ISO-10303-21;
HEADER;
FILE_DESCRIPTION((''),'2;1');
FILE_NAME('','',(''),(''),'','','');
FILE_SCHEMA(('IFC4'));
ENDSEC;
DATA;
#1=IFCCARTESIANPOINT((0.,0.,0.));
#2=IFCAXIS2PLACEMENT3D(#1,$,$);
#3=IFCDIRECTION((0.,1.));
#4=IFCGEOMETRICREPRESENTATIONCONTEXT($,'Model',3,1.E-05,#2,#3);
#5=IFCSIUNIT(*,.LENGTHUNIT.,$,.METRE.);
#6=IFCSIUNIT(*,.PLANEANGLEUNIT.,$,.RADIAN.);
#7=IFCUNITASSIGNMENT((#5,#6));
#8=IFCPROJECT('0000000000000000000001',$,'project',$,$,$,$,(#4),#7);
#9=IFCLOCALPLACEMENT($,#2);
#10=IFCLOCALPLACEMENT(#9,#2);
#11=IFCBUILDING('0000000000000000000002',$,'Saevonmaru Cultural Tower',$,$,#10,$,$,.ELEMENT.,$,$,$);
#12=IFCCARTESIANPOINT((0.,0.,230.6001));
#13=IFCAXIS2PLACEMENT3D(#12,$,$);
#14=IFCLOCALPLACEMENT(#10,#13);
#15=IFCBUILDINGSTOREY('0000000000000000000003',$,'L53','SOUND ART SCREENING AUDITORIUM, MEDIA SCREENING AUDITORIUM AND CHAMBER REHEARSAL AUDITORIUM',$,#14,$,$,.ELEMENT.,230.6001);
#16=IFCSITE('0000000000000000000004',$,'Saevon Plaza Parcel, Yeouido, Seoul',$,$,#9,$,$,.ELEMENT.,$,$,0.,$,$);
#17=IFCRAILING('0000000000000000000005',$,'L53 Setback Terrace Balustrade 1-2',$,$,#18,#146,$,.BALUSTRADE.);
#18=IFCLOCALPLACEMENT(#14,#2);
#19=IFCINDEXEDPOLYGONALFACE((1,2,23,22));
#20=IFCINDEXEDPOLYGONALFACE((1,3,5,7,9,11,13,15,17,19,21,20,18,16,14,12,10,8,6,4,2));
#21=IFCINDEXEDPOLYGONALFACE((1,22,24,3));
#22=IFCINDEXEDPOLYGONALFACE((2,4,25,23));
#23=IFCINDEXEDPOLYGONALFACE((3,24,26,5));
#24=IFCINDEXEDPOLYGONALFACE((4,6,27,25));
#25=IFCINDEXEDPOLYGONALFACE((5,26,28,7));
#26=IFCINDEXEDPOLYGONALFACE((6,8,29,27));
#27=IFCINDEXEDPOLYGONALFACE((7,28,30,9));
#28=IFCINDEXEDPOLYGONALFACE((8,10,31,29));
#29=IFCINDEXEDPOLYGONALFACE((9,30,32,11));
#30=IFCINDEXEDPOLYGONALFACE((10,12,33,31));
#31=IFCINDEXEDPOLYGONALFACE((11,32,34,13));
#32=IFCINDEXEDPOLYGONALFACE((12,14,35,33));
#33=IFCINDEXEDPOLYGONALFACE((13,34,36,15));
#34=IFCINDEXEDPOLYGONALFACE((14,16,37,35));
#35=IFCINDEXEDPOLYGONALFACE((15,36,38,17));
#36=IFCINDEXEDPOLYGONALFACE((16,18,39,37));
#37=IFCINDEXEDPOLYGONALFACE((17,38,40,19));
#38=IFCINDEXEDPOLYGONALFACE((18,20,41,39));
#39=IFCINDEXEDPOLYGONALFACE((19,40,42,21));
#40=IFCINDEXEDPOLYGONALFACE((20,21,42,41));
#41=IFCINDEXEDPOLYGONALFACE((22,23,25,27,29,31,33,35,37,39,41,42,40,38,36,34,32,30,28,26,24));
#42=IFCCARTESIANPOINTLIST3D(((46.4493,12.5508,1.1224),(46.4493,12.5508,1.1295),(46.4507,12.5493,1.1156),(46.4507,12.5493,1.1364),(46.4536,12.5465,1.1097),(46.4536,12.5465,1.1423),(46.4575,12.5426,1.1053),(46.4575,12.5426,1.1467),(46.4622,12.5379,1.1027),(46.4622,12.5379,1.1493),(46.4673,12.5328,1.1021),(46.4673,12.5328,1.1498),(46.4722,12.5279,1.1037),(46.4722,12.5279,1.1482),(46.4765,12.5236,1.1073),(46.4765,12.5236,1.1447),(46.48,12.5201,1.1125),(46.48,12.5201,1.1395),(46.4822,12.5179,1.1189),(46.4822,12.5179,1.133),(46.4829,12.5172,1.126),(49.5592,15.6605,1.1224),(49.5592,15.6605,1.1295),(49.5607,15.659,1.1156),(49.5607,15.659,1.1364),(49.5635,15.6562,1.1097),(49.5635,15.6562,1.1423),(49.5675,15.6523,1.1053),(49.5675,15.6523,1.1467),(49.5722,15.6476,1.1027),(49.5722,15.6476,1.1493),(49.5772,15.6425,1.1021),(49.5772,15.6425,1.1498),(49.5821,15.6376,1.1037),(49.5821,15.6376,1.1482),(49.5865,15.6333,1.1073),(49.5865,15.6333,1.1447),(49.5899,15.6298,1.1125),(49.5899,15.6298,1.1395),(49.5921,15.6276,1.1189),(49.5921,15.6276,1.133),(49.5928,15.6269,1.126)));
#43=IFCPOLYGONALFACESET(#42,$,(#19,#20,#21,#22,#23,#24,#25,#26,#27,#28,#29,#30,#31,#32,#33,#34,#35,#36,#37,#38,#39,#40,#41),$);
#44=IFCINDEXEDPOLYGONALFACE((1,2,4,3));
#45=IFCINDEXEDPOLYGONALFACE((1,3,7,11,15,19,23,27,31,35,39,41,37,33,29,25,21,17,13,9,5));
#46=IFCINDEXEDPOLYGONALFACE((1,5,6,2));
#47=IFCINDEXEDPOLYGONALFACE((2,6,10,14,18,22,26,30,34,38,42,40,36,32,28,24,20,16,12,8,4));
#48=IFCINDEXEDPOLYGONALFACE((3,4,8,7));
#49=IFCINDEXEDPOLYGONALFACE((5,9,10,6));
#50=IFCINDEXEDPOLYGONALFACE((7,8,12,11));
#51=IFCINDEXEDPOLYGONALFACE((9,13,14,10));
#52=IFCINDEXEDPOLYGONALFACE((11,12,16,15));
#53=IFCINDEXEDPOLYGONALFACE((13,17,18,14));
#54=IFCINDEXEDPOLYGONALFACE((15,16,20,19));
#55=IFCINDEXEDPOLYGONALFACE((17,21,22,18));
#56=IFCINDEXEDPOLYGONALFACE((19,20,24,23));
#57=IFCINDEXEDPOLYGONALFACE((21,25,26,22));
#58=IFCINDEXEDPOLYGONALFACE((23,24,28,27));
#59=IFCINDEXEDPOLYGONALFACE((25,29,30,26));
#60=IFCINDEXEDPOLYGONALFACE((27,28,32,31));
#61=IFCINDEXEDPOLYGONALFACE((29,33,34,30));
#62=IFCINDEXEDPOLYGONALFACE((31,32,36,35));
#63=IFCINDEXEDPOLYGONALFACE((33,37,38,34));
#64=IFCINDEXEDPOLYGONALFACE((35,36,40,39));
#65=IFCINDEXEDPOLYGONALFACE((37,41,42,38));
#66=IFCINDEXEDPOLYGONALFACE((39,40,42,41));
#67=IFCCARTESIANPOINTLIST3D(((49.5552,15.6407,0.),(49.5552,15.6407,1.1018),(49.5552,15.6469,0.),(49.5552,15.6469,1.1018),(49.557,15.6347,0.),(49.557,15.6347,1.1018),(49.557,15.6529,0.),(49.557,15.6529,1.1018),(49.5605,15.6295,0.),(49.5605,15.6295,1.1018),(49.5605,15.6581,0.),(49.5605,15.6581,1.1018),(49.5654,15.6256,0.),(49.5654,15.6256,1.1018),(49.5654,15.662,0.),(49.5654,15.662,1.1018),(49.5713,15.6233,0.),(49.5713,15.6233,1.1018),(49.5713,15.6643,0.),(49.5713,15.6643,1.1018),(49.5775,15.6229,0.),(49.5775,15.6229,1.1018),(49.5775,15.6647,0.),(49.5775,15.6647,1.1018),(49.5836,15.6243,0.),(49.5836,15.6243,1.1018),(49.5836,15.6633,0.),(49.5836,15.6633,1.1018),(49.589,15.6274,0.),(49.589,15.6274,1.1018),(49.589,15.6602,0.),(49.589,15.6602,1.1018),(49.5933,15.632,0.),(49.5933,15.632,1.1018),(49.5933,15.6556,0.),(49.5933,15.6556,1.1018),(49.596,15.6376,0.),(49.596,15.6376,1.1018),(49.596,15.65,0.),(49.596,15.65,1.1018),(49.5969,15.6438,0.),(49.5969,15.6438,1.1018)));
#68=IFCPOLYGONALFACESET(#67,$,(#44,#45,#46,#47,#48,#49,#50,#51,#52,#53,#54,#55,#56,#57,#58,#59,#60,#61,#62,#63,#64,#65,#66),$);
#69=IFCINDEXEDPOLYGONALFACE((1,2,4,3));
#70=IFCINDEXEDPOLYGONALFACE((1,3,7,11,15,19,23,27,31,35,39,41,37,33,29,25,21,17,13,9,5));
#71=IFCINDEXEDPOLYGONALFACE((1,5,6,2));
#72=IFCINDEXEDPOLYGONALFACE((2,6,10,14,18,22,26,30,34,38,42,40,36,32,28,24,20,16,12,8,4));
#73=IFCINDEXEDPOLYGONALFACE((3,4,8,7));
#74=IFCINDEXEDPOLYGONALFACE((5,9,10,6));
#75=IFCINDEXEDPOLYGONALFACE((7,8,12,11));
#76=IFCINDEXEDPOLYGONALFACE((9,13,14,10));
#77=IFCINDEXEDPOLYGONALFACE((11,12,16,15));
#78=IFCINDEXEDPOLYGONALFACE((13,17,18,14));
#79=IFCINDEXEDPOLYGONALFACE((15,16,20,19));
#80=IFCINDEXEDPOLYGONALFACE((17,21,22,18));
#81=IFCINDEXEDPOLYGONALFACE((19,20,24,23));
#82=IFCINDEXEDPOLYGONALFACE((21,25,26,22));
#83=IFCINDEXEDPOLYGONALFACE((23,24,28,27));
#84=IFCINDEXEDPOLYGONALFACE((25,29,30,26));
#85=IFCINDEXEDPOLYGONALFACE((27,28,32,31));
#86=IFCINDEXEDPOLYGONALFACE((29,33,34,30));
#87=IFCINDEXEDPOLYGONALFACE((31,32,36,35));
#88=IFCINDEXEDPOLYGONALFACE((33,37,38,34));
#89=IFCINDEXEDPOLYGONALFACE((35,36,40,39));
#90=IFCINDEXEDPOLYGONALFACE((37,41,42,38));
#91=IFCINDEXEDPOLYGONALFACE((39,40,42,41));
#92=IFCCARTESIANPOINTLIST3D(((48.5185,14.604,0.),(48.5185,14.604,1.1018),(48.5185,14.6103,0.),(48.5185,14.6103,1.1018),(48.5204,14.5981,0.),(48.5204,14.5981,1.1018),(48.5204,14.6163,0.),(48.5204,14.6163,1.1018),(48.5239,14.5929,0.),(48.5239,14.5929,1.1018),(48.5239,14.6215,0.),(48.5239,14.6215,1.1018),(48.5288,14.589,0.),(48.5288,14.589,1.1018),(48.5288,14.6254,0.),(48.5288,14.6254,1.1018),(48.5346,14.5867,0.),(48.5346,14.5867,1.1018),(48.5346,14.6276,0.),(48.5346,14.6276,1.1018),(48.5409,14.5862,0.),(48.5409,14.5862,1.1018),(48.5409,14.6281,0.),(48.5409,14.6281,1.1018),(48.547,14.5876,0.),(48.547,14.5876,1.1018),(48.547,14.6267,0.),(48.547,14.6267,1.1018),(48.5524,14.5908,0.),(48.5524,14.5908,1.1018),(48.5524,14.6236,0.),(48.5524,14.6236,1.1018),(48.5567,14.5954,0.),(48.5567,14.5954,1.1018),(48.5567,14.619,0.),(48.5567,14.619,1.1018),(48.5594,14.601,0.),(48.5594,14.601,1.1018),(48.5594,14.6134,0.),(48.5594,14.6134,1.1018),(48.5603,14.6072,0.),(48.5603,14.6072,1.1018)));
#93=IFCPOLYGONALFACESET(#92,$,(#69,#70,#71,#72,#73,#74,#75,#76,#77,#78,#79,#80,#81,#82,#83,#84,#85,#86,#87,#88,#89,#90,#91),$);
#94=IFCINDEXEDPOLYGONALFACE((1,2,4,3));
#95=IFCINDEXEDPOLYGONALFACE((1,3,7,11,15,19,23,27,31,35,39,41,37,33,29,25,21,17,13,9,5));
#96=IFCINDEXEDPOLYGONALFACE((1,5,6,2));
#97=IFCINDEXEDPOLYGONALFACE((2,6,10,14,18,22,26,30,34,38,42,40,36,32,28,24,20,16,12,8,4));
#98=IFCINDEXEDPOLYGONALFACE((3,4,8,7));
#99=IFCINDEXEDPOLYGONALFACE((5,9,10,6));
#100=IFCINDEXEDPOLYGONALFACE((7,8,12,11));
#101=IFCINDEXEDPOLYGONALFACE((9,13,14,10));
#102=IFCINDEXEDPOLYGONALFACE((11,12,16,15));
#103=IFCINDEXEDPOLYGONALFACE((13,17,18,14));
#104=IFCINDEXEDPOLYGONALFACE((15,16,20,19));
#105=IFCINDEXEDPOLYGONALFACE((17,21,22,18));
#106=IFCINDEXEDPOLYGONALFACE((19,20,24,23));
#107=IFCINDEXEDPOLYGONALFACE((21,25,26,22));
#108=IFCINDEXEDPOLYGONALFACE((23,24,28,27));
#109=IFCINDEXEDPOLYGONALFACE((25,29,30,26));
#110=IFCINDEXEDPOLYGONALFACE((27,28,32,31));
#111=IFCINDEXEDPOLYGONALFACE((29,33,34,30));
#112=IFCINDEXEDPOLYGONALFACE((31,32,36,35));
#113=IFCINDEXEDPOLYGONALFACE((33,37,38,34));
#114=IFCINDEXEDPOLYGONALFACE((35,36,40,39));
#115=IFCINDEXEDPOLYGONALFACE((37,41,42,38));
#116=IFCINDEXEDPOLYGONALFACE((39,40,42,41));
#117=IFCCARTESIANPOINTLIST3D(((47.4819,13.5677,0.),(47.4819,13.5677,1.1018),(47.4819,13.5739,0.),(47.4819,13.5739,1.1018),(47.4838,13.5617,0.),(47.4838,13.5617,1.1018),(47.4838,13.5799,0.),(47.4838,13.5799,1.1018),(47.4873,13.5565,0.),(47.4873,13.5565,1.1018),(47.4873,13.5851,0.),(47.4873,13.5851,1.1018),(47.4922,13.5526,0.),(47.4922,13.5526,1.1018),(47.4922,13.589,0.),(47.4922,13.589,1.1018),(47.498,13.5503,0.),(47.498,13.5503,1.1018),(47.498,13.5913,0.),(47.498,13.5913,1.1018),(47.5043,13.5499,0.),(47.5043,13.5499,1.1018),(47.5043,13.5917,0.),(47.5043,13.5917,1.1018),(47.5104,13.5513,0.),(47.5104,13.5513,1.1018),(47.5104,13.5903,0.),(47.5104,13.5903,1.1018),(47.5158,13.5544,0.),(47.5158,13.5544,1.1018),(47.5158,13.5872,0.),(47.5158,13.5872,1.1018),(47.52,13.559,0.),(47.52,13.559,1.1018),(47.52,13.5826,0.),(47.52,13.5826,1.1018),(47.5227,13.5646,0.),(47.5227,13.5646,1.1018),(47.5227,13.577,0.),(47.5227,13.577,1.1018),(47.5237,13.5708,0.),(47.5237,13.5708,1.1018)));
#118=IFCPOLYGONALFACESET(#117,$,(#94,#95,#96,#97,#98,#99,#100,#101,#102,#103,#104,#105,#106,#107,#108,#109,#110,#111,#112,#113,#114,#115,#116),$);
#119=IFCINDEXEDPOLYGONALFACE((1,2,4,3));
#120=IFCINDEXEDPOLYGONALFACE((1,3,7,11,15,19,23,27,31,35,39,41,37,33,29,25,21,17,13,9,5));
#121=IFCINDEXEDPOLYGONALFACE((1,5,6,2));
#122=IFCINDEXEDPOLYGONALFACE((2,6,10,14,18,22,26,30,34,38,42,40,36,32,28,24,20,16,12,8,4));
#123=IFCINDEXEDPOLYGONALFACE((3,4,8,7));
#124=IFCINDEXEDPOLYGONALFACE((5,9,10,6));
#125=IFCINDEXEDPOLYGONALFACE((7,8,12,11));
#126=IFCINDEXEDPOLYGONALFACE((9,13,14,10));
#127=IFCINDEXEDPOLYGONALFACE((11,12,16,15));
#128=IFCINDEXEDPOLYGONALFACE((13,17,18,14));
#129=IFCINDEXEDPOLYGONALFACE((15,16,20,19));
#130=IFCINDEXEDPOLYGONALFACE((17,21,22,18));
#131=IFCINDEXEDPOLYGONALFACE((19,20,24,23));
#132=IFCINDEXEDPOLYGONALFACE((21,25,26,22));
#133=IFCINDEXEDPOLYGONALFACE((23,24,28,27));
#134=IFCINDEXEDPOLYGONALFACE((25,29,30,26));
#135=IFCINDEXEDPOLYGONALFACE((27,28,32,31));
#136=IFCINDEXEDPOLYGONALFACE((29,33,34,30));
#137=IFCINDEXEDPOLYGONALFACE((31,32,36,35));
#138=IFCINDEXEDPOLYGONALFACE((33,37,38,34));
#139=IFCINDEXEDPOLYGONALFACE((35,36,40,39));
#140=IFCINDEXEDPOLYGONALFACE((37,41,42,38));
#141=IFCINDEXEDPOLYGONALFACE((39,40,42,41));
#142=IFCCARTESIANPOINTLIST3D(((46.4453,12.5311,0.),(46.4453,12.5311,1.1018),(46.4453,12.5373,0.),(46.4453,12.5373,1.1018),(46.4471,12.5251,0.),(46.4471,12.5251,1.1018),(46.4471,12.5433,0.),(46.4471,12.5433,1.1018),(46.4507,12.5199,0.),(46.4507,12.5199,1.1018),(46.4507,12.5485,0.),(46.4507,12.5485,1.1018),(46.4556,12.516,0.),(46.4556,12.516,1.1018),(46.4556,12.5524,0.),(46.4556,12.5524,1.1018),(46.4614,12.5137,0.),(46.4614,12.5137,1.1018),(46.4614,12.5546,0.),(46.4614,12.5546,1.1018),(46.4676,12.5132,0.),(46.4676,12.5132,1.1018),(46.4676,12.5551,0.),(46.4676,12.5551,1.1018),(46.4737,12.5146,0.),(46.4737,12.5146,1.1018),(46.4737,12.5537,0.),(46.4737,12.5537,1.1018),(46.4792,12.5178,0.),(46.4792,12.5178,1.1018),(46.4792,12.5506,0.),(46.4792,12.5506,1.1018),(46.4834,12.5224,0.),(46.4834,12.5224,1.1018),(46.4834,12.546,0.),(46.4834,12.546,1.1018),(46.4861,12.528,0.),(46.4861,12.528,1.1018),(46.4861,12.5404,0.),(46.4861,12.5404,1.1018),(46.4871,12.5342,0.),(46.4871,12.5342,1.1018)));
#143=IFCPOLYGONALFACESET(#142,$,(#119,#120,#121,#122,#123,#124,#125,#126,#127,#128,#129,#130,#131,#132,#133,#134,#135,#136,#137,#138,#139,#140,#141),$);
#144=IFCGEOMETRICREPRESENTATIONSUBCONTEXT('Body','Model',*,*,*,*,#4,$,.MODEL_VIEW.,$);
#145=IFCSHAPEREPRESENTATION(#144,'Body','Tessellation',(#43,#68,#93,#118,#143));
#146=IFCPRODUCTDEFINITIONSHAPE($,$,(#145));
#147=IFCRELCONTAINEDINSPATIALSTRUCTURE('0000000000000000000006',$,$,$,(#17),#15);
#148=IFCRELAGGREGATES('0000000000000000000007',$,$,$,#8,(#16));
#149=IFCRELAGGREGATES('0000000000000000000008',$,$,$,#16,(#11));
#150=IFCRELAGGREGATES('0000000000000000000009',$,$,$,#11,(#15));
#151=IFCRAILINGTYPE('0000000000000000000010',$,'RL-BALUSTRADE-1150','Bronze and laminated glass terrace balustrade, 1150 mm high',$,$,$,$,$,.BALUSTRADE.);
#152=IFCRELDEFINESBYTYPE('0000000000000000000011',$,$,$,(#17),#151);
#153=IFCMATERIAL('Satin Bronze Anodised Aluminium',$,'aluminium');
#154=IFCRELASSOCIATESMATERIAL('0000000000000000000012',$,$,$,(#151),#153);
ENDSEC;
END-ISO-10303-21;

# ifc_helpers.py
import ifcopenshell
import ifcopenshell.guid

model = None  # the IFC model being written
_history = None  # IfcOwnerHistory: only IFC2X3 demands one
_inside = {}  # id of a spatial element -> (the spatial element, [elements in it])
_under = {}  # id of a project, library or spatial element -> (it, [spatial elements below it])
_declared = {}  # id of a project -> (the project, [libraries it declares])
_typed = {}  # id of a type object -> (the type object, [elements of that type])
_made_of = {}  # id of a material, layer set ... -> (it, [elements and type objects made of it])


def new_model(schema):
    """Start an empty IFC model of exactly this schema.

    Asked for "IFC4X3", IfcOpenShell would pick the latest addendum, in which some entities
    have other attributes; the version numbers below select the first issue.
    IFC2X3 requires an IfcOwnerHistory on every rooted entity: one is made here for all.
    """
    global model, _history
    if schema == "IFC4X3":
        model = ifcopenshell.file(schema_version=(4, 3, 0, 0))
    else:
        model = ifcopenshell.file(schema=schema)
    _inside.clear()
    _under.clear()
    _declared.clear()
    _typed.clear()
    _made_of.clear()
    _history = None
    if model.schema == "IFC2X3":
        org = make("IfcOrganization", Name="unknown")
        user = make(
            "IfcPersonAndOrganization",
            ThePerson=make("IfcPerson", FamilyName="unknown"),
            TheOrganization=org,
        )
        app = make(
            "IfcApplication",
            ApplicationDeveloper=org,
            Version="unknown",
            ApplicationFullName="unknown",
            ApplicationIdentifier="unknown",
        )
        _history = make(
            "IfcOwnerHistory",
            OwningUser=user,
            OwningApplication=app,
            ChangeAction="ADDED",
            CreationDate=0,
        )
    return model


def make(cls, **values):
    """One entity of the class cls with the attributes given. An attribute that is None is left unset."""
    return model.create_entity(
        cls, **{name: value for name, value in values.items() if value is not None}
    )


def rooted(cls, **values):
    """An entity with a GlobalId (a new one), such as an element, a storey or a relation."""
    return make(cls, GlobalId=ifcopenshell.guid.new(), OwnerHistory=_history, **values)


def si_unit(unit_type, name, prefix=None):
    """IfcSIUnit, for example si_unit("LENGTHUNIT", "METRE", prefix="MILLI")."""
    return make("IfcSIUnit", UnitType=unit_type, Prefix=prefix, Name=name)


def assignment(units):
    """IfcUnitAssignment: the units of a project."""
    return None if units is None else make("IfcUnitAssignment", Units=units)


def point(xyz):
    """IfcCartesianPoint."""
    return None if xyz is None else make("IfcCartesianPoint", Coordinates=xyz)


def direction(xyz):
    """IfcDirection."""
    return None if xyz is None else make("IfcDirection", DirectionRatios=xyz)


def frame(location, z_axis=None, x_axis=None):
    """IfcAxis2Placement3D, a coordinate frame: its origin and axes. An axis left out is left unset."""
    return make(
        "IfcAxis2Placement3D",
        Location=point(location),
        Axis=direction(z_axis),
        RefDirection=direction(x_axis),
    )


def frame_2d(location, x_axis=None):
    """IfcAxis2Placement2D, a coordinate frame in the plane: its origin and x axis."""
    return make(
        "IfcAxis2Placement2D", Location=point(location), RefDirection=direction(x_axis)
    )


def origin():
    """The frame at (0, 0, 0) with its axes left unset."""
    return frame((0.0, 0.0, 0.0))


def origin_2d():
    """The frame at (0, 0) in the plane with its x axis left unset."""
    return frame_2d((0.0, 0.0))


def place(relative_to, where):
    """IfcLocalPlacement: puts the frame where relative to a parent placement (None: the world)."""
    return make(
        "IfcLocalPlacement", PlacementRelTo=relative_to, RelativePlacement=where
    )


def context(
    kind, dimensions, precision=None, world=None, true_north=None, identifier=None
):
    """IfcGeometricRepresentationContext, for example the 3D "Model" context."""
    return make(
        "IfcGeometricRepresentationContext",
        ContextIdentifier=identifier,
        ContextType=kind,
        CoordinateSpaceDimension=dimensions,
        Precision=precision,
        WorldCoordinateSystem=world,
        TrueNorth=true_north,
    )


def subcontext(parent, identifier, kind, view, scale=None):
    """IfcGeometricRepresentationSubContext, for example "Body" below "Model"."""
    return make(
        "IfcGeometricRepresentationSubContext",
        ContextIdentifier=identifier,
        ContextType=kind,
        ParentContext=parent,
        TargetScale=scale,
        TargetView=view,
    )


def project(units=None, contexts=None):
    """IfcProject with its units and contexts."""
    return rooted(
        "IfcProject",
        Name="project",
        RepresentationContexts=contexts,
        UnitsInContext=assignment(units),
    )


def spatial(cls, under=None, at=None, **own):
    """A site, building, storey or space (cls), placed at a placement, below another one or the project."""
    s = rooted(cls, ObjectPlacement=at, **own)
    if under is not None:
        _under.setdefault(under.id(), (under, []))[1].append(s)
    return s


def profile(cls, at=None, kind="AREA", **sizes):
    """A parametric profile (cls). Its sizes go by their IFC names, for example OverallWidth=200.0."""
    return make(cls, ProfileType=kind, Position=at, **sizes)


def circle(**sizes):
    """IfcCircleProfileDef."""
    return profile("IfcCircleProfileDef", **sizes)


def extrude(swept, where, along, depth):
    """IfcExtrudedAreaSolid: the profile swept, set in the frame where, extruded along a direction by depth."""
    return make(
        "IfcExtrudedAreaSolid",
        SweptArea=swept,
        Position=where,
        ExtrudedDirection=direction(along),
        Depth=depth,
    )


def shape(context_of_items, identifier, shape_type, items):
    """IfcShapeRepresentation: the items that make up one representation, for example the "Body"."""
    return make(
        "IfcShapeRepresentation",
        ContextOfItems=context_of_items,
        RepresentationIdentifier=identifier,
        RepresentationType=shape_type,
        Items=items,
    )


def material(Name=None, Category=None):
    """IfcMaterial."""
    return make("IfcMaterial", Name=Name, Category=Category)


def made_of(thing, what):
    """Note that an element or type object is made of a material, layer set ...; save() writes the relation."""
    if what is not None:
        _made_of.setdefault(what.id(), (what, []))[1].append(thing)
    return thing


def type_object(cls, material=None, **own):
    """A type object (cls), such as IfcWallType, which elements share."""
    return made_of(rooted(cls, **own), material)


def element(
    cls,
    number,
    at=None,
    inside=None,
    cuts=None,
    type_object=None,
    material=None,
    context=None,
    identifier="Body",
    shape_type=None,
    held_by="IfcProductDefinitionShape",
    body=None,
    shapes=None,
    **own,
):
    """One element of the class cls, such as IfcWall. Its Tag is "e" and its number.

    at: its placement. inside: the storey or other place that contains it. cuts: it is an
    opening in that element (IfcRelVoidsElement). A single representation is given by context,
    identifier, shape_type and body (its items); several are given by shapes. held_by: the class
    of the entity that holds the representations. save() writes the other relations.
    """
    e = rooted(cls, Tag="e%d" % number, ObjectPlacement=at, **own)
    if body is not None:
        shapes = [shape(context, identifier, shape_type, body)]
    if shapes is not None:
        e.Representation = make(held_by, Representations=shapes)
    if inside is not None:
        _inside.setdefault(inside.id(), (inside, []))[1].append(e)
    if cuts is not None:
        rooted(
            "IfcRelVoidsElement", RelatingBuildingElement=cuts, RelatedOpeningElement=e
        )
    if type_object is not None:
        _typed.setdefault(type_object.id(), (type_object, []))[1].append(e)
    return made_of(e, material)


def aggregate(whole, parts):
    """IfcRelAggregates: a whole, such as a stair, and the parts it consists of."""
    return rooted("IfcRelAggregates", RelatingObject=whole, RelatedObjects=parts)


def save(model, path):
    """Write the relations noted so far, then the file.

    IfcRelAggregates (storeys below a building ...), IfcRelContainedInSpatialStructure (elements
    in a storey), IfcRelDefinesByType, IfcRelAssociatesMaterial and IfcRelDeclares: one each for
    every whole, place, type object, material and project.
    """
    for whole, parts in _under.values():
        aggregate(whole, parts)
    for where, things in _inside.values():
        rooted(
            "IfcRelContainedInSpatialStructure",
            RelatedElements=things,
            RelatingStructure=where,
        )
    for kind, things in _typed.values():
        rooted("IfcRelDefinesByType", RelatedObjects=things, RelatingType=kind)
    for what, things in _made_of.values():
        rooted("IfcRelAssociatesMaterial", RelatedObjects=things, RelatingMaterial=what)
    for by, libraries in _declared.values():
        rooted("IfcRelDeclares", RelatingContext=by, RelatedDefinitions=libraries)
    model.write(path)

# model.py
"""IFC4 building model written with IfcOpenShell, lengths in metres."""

from ifc_helpers import new_model, si_unit, direction, frame, origin, origin_2d, place, context, subcontext, project, spatial, circle, extrude, material, type_object, element, save


model = new_model("IFC4")

# Units and contexts
model_context = context("Model", 3, precision=1e-05, world=origin(), true_north=direction((0.0, 1.0)))
body_context = subcontext(model_context, "Body", "Model", "MODEL_VIEW")
ifc_project = project(units=[si_unit("LENGTHUNIT", "METRE"), si_unit("PLANEANGLEUNIT", "RADIAN")], contexts=[model_context])

# Site, building, storey
site_placement = place(None, origin())
site = spatial("IfcSite", under=ifc_project, at=site_placement, Name="Saevon Plaza Parcel, Yeouido, Seoul", CompositionType="ELEMENT", RefElevation=0.0)
building_placement = place(site_placement, origin())
building = spatial("IfcBuilding", under=site, at=building_placement, Name="Saevonmaru Cultural Tower", CompositionType="ELEMENT")
storey_placement = place(building_placement, frame((0.0, 0.0, 230.6001)))
storey = spatial("IfcBuildingStorey", under=building, at=storey_placement, Name="L53", Description="SOUND ART SCREENING AUDITORIUM, MEDIA SCREENING AUDITORIUM AND CHAMBER REHEARSAL AUDITORIUM", CompositionType="ELEMENT", Elevation=230.6001)

# Shared definitions
ifc_material_1 = material(Name="Satin Bronze Anodised Aluminium", Category="aluminium")

# Railing
railing_type = type_object("IfcRailingType", Name="RL-BALUSTRADE-1150", Description="Bronze and laminated glass terrace balustrade, 1150 mm high", PredefinedType="BALUSTRADE", material=ifc_material_1)
railing_1_placement = place(storey_placement, frame((49.5759, 15.6438, 0.0)))
element("IfcRailing", 1, at=railing_1_placement, inside=storey, type_object=railing_type, Name="L53 Setback Terrace Balustrade 1-2", PredefinedType="BALUSTRADE", context=body_context, shape_type="SweptSolid", body=[
    extrude(circle(Radius=0.0239, at=origin_2d()), frame((0.0, 0.0, 1.126), z_axis=(-0.707135, -0.707079, 0.0), x_axis=(0.707079, -0.707135, 0.0)), (0.0, 0.0, 1.0), 4.3979),
    extrude(circle(Radius=0.021, at=origin_2d()), origin(), (0.0, 0.0, 1.0), 1.1018),
    extrude(circle(Radius=0.021, at=origin_2d()), frame((-1.0366, -1.0366, 0.0)), (0.0, 0.0, 1.0), 1.1018),
    extrude(circle(Radius=0.021, at=origin_2d()), frame((-2.0732, -2.073, 0.0)), (0.0, 0.0, 1.0), 1.1018),
    extrude(circle(Radius=0.021, at=origin_2d()), frame((-3.1099, -3.1096, 0.0)), (0.0, 0.0, 1.0), 1.1018),
])

save(model, "model.ifc")
